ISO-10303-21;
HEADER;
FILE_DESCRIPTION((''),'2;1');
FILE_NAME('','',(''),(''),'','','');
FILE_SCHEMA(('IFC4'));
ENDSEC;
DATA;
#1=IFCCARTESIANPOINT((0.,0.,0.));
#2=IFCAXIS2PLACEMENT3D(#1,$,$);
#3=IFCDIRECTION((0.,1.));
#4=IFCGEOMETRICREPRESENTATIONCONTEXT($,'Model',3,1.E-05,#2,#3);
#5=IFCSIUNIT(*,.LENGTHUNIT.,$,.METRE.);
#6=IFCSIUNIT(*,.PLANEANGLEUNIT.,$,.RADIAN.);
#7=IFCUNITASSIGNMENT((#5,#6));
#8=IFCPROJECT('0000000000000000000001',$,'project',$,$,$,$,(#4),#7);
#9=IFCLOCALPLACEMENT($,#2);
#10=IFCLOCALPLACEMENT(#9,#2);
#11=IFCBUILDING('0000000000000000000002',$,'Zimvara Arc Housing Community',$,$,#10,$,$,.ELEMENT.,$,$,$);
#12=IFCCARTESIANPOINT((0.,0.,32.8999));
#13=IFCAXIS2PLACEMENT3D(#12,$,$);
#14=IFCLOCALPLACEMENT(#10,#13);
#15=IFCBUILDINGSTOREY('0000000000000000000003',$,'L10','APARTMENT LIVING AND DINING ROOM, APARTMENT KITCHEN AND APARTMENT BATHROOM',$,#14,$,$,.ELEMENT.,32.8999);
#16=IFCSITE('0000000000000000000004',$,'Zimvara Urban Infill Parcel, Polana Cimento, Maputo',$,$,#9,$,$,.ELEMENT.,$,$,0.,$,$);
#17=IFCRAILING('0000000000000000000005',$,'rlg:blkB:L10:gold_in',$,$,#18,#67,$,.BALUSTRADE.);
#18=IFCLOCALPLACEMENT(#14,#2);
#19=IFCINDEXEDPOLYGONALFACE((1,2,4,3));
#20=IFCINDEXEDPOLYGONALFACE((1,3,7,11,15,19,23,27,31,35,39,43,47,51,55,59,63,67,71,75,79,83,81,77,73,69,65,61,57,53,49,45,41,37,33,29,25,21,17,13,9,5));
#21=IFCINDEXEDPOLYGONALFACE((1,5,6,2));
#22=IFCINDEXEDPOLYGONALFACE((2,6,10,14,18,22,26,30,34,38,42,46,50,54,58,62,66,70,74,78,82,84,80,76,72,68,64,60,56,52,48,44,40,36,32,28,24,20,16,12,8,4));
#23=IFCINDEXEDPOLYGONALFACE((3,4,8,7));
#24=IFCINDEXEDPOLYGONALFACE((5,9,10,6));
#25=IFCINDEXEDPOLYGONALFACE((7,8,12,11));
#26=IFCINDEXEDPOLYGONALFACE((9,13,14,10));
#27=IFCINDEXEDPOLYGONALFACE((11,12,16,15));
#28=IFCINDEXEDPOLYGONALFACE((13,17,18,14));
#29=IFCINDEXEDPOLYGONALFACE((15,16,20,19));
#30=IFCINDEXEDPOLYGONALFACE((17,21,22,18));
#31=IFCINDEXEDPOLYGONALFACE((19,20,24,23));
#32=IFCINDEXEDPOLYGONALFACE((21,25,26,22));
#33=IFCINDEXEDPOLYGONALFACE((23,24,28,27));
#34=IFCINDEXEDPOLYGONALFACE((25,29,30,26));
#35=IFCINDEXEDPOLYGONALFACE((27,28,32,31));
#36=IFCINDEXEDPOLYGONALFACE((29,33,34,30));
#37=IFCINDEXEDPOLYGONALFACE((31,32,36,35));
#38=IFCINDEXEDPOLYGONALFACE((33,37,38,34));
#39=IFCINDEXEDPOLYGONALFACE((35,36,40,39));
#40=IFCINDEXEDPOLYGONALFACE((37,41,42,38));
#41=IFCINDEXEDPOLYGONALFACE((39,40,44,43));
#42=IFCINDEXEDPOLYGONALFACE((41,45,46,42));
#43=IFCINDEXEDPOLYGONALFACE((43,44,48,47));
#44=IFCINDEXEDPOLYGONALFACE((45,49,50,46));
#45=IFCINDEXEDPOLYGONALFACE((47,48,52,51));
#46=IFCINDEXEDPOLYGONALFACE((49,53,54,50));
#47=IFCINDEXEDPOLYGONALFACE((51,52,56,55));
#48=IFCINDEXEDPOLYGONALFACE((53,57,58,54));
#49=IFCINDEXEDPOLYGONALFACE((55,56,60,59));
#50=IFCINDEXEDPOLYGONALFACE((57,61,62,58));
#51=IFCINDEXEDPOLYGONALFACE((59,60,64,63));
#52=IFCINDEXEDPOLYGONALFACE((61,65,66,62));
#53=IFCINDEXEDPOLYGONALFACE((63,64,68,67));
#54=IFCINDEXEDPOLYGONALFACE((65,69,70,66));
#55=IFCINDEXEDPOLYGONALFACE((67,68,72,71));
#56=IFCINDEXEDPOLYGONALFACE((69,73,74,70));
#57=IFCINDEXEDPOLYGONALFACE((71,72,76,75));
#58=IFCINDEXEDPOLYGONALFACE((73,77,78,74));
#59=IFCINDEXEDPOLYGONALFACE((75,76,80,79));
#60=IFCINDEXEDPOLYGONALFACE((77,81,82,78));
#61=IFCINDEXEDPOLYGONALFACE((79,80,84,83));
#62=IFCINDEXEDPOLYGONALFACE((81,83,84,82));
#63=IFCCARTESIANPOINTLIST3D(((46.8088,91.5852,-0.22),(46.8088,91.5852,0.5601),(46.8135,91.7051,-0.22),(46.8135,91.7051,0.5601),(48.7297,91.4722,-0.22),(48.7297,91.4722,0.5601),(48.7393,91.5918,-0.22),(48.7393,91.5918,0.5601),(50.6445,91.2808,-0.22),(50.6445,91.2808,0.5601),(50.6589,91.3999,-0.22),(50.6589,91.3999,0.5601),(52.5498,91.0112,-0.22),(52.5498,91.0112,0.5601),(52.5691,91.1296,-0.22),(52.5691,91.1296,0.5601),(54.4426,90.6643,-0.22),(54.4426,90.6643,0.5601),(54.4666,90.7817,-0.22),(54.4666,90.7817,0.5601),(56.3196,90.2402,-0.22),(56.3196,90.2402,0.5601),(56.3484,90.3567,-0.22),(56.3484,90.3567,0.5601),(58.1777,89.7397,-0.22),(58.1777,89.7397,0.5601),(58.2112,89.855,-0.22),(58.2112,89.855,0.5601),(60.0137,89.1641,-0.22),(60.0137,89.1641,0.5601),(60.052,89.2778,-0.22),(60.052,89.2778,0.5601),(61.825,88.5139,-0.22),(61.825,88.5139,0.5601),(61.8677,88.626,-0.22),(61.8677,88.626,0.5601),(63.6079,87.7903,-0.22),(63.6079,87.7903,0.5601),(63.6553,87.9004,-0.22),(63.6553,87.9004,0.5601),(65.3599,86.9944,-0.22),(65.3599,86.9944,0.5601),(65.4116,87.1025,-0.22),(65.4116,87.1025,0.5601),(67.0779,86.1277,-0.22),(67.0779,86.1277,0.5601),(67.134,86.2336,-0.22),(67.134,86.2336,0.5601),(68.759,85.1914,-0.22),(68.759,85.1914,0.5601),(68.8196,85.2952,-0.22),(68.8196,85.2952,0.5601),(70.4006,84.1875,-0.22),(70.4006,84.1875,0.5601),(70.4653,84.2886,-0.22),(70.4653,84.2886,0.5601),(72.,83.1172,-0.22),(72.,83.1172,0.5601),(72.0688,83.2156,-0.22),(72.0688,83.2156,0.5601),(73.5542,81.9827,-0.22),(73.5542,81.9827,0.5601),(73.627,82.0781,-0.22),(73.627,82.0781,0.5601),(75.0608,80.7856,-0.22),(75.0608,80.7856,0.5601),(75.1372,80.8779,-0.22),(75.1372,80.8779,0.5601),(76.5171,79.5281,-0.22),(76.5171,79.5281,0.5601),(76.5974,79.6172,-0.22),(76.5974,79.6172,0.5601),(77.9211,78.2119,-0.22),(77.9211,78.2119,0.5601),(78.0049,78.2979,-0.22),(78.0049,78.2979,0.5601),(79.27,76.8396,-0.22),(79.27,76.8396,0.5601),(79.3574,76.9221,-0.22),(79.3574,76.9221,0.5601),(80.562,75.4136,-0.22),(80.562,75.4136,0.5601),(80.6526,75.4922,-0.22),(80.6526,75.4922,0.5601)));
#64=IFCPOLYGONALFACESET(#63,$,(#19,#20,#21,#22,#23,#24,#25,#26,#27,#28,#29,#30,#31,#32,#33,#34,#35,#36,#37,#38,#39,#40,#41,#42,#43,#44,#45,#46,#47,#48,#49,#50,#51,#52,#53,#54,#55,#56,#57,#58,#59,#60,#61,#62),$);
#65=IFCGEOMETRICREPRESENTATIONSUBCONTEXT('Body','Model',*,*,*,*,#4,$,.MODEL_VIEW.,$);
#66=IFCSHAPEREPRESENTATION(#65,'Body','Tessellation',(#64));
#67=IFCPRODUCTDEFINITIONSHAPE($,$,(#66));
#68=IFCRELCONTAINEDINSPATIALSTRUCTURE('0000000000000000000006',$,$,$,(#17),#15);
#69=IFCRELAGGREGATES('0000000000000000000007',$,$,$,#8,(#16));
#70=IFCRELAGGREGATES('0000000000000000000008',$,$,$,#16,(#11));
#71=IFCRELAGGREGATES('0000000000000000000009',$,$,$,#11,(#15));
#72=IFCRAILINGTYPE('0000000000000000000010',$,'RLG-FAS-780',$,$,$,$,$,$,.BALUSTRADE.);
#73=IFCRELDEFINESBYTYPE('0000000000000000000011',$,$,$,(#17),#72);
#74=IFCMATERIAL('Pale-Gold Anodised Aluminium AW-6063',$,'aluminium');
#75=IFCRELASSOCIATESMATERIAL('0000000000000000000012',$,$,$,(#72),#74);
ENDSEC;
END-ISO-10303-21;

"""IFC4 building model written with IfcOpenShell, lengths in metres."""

from ifc_helpers import new_model, si_unit, direction, frame, origin, place, context, subcontext, project, spatial, polyline, outline, extrude, material, type_object, element, save


model = new_model("IFC4")

# Units and contexts
model_context = context("Model", 3, precision=1e-05, world=origin(), true_north=direction((0.0, 1.0)))
body_context = subcontext(model_context, "Body", "Model", "MODEL_VIEW")
ifc_project = project(units=[si_unit("LENGTHUNIT", "METRE"), si_unit("PLANEANGLEUNIT", "RADIAN")], contexts=[model_context])

# Site, building, storey
site_placement = place(None, origin())
site = spatial("IfcSite", under=ifc_project, at=site_placement, Name="Zimvara Urban Infill Parcel, Polana Cimento, Maputo", CompositionType="ELEMENT", RefElevation=0.0)
building_placement = place(site_placement, origin())
building = spatial("IfcBuilding", under=site, at=building_placement, Name="Zimvara Arc Housing Community", CompositionType="ELEMENT")
storey_placement = place(building_placement, frame((0.0, 0.0, 32.8999)))
storey = spatial("IfcBuildingStorey", under=building, at=storey_placement, Name="L10", Description="APARTMENT LIVING AND DINING ROOM, APARTMENT KITCHEN AND APARTMENT BATHROOM", CompositionType="ELEMENT", Elevation=32.8999)

# Railing
ifc_material_1 = material(Name="Pale-Gold Anodised Aluminium AW-6063", Category="aluminium")
railing_type_1 = type_object("IfcRailingType", Name="RLG-FAS-780", PredefinedType="BALUSTRADE", material=ifc_material_1)
railing_1_placement = place(storey_placement, frame((0.0, 0.0, -0.22)))
element("IfcRailing", 1, at=railing_1_placement, inside=storey, type_object=railing_type_1, Name="rlg:blkB:L10:gold_in", PredefinedType="BALUSTRADE", context=body_context, shape_type="SweptSolid", body=[
    extrude(outline(polyline([(46.8088, 91.5852), (48.7297, 91.4722), (50.6445, 91.2808), (52.5498, 91.0112), (54.4426, 90.6643), (56.3196, 90.2402), (58.1777, 89.7397), (60.0137, 89.1641), (61.825, 88.5139), (63.6079, 87.7903), (65.3599, 86.9944), (67.0779, 86.1277), (68.759, 85.1914), (70.4006, 84.1875), (72.0, 83.1172), (73.5542, 81.9827), (75.0608, 80.7856), (76.5171, 79.5281), (77.9211, 78.2119), (79.27, 76.8396), (80.562, 75.4136), (80.6526, 75.4922), (79.3574, 76.9221), (78.0049, 78.2979), (76.5974, 79.6172), (75.1372, 80.8779), (73.627, 82.0781), (72.0688, 83.2156), (70.4653, 84.2886), (68.8196, 85.2952), (67.134, 86.2336), (65.4116, 87.1025), (63.6553, 87.9004), (61.8677, 88.626), (60.052, 89.2778), (58.2112, 89.855), (56.3484, 90.3567), (54.4666, 90.7817), (52.5691, 91.1296), (50.6589, 91.3999), (48.7393, 91.5918), (46.8135, 91.7051), (46.8088, 91.5852)])), origin(), (0.0, 0.0, 1.0), 0.78),
])

save(model, "model.ifc")
